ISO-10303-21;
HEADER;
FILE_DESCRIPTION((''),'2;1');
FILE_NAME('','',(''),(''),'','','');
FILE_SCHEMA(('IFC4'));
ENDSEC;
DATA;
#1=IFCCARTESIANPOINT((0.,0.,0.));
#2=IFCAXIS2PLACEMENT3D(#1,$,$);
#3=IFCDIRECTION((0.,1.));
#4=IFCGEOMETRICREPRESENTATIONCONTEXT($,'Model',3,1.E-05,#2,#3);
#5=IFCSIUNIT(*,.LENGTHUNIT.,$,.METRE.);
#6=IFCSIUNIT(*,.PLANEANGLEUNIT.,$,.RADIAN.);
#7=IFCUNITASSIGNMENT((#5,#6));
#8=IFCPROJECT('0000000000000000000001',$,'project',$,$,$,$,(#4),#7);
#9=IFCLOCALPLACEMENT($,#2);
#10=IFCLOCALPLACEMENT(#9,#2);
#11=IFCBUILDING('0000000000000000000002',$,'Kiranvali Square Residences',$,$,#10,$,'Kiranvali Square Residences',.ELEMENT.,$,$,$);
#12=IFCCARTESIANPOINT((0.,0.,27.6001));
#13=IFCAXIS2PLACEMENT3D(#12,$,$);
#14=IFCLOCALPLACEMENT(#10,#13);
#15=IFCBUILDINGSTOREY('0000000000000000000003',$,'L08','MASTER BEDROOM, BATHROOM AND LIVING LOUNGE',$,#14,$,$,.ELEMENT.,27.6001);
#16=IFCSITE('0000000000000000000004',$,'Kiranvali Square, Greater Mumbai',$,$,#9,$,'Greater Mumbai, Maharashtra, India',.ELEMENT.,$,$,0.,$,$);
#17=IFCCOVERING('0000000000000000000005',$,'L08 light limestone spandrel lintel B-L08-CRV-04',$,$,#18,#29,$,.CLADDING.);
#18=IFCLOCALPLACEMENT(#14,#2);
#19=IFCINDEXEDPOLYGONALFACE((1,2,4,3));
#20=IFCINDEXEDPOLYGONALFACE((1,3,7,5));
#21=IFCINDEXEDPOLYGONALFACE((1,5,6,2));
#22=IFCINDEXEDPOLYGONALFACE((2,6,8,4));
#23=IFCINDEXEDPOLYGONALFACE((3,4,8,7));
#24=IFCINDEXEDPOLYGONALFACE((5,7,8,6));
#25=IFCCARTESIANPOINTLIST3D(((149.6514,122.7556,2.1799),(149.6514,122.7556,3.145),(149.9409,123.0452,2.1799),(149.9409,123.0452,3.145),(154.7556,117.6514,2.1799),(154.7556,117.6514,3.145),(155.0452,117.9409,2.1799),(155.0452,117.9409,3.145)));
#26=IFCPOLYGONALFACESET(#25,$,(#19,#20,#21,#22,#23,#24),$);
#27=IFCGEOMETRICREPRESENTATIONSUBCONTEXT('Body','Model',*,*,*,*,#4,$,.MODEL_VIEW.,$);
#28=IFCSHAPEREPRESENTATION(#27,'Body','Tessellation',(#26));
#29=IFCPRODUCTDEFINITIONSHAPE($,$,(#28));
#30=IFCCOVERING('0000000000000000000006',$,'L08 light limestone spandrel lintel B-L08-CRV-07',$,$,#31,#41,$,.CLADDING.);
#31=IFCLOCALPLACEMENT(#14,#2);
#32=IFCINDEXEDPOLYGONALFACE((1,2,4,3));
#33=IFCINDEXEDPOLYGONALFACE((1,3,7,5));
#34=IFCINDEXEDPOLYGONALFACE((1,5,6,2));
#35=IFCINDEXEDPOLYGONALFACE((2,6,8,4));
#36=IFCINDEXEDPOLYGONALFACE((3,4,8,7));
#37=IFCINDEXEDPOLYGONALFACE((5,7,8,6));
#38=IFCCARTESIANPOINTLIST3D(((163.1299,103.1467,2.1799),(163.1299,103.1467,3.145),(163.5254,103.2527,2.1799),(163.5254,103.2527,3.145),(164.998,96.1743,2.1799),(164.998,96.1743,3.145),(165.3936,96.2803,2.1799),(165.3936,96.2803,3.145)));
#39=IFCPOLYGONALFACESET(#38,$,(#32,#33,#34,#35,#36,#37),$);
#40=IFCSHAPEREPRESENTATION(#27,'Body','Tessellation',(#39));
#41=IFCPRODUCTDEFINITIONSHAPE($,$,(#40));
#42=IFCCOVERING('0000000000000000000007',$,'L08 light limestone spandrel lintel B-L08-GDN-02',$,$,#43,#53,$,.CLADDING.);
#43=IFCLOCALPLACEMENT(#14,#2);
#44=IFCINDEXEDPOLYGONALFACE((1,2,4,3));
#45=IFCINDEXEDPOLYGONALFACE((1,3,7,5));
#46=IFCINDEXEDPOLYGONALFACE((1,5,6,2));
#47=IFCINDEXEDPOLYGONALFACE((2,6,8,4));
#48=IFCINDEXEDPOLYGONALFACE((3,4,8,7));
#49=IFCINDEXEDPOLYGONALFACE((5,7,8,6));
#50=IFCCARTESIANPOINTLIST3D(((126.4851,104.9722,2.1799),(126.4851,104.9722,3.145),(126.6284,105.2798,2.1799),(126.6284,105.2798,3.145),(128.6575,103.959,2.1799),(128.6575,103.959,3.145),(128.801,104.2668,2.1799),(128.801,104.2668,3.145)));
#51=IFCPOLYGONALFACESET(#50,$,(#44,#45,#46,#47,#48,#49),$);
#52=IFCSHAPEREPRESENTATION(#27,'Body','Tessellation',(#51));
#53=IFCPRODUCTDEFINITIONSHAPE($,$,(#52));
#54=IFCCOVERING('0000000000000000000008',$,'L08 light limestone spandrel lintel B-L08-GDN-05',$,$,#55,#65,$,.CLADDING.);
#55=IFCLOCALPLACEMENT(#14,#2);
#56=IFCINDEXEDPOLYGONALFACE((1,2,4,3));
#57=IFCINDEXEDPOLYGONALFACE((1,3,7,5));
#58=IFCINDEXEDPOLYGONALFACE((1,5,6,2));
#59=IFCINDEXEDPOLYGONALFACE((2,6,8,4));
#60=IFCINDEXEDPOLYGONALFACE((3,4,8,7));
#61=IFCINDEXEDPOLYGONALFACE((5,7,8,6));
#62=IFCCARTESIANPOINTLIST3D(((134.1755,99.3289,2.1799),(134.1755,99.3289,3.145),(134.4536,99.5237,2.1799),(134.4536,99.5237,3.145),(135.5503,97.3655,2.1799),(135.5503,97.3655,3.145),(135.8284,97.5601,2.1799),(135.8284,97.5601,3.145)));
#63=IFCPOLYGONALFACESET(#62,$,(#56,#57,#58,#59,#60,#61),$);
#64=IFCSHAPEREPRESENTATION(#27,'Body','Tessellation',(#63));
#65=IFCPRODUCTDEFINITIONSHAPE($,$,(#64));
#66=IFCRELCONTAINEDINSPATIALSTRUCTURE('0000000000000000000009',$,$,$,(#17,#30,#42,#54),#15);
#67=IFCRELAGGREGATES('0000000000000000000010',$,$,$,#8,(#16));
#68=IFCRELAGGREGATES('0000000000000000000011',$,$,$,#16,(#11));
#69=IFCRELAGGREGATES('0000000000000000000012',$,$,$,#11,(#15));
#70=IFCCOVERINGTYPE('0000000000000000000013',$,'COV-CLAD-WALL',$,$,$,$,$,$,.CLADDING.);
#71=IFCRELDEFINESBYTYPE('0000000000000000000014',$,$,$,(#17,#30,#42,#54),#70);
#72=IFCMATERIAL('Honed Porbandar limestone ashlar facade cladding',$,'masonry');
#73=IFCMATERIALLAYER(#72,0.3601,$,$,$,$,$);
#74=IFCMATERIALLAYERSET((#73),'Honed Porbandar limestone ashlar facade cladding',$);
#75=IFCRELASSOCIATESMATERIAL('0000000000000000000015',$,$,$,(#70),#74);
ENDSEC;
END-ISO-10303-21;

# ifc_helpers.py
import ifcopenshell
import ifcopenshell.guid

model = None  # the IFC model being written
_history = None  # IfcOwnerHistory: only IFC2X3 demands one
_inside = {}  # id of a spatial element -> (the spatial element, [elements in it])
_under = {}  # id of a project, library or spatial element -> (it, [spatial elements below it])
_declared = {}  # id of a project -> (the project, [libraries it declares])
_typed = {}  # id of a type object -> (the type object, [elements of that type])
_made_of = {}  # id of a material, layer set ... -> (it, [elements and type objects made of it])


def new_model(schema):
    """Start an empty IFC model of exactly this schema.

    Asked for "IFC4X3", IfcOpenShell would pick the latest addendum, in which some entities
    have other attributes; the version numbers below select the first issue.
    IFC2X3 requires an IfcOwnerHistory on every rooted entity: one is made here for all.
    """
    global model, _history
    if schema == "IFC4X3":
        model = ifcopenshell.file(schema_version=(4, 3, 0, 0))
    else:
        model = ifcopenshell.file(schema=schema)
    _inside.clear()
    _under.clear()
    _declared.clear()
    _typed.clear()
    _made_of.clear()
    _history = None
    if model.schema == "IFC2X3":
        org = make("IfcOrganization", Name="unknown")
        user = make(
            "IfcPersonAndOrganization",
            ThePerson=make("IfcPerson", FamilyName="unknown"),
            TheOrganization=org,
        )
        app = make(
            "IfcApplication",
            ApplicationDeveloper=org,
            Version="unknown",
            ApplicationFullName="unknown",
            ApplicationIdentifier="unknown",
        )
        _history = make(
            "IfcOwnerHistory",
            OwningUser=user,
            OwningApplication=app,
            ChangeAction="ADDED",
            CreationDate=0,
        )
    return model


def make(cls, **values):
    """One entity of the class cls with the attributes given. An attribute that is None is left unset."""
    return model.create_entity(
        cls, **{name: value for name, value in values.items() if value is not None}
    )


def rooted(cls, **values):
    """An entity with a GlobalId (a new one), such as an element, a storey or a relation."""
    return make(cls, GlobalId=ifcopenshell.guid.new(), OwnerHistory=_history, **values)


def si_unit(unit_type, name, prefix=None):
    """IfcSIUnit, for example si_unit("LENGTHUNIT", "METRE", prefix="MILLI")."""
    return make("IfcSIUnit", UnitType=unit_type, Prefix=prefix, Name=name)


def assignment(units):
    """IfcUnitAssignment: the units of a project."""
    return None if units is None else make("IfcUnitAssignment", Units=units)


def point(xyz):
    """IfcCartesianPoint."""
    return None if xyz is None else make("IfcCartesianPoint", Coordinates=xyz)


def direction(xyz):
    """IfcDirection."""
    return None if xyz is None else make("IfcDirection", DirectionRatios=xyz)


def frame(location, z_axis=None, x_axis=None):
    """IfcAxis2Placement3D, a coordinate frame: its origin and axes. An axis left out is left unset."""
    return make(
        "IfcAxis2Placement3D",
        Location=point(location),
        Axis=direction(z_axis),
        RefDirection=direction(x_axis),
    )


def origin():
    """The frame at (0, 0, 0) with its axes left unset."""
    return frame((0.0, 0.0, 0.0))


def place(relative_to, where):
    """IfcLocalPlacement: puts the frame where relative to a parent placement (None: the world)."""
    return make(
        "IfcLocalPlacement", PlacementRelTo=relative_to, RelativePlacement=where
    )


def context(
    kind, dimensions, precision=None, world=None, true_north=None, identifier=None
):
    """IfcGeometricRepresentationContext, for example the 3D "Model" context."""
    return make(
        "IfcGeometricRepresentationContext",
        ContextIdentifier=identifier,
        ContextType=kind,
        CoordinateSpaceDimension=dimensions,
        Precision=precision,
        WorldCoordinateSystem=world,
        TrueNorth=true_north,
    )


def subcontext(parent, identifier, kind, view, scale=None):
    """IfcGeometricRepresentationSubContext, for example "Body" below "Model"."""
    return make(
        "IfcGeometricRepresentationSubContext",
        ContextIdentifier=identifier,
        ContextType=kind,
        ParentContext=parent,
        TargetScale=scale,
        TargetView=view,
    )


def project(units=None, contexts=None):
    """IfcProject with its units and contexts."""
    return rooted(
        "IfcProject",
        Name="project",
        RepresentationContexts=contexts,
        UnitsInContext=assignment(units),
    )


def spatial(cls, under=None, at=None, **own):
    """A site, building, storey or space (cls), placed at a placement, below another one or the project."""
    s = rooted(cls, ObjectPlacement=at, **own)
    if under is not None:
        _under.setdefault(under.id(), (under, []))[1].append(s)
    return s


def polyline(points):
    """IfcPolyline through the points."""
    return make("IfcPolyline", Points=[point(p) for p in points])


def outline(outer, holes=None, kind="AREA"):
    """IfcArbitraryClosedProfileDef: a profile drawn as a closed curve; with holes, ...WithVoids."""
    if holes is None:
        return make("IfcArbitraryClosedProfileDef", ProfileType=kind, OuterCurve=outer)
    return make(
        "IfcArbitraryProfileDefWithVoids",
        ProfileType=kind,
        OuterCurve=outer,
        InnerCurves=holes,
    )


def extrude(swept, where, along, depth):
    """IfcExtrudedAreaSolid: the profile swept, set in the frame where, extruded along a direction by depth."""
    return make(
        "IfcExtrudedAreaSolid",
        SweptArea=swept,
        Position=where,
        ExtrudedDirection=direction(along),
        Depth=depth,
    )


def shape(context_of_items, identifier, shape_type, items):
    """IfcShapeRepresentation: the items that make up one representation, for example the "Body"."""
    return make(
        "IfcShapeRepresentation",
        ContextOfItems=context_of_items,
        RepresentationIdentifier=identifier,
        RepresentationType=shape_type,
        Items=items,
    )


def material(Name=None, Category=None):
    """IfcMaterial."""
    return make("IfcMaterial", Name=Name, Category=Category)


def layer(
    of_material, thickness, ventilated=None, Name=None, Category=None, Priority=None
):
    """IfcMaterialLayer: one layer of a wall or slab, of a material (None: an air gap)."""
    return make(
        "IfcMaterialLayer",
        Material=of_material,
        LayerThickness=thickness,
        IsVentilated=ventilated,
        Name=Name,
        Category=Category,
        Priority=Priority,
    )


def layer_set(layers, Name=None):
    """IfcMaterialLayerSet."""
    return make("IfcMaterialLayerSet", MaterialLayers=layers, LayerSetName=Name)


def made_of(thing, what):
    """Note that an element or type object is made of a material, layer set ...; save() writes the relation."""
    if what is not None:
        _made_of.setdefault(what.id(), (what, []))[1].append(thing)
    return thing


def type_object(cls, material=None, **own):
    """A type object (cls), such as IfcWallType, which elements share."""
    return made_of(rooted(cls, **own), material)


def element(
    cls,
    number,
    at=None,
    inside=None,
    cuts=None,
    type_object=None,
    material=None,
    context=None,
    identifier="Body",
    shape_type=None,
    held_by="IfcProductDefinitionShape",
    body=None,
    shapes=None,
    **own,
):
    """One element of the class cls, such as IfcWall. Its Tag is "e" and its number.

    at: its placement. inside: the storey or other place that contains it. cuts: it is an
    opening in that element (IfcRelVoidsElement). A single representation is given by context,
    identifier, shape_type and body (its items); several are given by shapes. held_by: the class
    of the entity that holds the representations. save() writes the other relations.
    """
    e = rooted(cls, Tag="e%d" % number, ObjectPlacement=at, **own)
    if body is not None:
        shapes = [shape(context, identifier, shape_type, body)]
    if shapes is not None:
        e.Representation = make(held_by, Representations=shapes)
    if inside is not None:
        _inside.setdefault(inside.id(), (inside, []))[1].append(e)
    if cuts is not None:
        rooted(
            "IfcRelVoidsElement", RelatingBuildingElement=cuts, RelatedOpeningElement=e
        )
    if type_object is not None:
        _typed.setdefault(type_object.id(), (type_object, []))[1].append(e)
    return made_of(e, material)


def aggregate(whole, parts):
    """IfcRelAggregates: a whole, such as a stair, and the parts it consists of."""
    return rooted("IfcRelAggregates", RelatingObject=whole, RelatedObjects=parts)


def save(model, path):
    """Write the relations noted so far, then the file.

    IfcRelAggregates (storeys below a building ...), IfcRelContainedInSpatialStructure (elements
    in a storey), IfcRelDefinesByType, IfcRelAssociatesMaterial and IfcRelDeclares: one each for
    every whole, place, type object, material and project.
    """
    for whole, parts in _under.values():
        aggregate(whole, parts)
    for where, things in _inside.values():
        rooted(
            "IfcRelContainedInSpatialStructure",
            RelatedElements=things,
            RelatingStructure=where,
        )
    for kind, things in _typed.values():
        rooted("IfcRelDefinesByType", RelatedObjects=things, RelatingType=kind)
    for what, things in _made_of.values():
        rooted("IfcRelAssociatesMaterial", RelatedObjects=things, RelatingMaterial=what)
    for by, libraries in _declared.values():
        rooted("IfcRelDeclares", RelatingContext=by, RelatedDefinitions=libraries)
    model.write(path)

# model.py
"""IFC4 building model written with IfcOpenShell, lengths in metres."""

from ifc_helpers import new_model, si_unit, direction, frame, origin, place, context, subcontext, project, spatial, polyline, outline, extrude, material, layer, layer_set, type_object, element, save


model = new_model("IFC4")

# Units and contexts
model_context = context("Model", 3, precision=1e-05, world=origin(), true_north=direction((0.0, 1.0)))
body_context = subcontext(model_context, "Body", "Model", "MODEL_VIEW")
ifc_project = project(units=[si_unit("LENGTHUNIT", "METRE"), si_unit("PLANEANGLEUNIT", "RADIAN")], contexts=[model_context])

# Site, building, storey
site_placement = place(None, origin())
site = spatial("IfcSite", under=ifc_project, at=site_placement, Name="Kiranvali Square, Greater Mumbai", LongName="Greater Mumbai, Maharashtra, India", CompositionType="ELEMENT", RefElevation=0.0)
building_placement = place(site_placement, origin())
building = spatial("IfcBuilding", under=site, at=building_placement, Name="Kiranvali Square Residences", LongName="Kiranvali Square Residences", CompositionType="ELEMENT")
storey_placement = place(building_placement, frame((0.0, 0.0, 27.6001)))
storey = spatial("IfcBuildingStorey", under=building, at=storey_placement, Name="L08", Description="MASTER BEDROOM, BATHROOM AND LIVING LOUNGE", CompositionType="ELEMENT", Elevation=27.6001)

# Coverings
ifc_material = material(Name="Honed Porbandar limestone ashlar facade cladding", Category="masonry")
ifc_layer_1 = layer(ifc_material, 0.3601)
ifc_layer_set_1 = layer_set([ifc_layer_1], Name="Honed Porbandar limestone ashlar facade cladding")
covering_type_1 = type_object("IfcCoveringType", Name="COV-CLAD-WALL", PredefinedType="CLADDING", material=ifc_layer_set_1)
covering_1_placement = place(storey_placement, frame((0.0, 0.0, 2.1799)))
element("IfcCovering", 1, at=covering_1_placement, inside=storey, type_object=covering_type_1, Name="L08 light limestone spandrel lintel B-L08-CRV-04", PredefinedType="CLADDING", context=body_context, shape_type="SweptSolid", body=[
    extrude(outline(polyline([(149.6514, 122.7556), (154.7556, 117.6514), (155.0452, 117.9409), (149.9409, 123.0452), (149.6514, 122.7556)])), origin(), (0.0, 0.0, 1.0), 0.9651),
])
covering_2_placement = place(storey_placement, frame((0.0, 0.0, 2.1799)))
element("IfcCovering", 2, at=covering_2_placement, inside=storey, type_object=covering_type_1, Name="L08 light limestone spandrel lintel B-L08-CRV-07", PredefinedType="CLADDING", context=body_context, shape_type="SweptSolid", body=[
    extrude(outline(polyline([(163.1299, 103.1467), (164.998, 96.1743), (165.3936, 96.2803), (163.5254, 103.2527), (163.1299, 103.1467)])), origin(), (0.0, 0.0, 1.0), 0.9651),
])
covering_3_placement = place(storey_placement, frame((0.0, 0.0, 2.1799)))
element("IfcCovering", 3, at=covering_3_placement, inside=storey, type_object=covering_type_1, Name="L08 light limestone spandrel lintel B-L08-GDN-02", PredefinedType="CLADDING", context=body_context, shape_type="SweptSolid", body=[
    extrude(outline(polyline([(126.4851, 104.9722), (128.6575, 103.959), (128.801, 104.2668), (126.6284, 105.2798), (126.4851, 104.9722)])), origin(), (0.0, 0.0, 1.0), 0.9651),
])
covering_4_placement = place(storey_placement, frame((0.0, 0.0, 2.1799)))
element("IfcCovering", 4, at=covering_4_placement, inside=storey, type_object=covering_type_1, Name="L08 light limestone spandrel lintel B-L08-GDN-05", PredefinedType="CLADDING", context=body_context, shape_type="SweptSolid", body=[
    extrude(outline(polyline([(134.1755, 99.3289), (135.5503, 97.3655), (135.8284, 97.5601), (134.4536, 99.5237), (134.1755, 99.3289)])), origin(), (0.0, 0.0, 1.0), 0.9651),
])

save(model, "model.ifc")
